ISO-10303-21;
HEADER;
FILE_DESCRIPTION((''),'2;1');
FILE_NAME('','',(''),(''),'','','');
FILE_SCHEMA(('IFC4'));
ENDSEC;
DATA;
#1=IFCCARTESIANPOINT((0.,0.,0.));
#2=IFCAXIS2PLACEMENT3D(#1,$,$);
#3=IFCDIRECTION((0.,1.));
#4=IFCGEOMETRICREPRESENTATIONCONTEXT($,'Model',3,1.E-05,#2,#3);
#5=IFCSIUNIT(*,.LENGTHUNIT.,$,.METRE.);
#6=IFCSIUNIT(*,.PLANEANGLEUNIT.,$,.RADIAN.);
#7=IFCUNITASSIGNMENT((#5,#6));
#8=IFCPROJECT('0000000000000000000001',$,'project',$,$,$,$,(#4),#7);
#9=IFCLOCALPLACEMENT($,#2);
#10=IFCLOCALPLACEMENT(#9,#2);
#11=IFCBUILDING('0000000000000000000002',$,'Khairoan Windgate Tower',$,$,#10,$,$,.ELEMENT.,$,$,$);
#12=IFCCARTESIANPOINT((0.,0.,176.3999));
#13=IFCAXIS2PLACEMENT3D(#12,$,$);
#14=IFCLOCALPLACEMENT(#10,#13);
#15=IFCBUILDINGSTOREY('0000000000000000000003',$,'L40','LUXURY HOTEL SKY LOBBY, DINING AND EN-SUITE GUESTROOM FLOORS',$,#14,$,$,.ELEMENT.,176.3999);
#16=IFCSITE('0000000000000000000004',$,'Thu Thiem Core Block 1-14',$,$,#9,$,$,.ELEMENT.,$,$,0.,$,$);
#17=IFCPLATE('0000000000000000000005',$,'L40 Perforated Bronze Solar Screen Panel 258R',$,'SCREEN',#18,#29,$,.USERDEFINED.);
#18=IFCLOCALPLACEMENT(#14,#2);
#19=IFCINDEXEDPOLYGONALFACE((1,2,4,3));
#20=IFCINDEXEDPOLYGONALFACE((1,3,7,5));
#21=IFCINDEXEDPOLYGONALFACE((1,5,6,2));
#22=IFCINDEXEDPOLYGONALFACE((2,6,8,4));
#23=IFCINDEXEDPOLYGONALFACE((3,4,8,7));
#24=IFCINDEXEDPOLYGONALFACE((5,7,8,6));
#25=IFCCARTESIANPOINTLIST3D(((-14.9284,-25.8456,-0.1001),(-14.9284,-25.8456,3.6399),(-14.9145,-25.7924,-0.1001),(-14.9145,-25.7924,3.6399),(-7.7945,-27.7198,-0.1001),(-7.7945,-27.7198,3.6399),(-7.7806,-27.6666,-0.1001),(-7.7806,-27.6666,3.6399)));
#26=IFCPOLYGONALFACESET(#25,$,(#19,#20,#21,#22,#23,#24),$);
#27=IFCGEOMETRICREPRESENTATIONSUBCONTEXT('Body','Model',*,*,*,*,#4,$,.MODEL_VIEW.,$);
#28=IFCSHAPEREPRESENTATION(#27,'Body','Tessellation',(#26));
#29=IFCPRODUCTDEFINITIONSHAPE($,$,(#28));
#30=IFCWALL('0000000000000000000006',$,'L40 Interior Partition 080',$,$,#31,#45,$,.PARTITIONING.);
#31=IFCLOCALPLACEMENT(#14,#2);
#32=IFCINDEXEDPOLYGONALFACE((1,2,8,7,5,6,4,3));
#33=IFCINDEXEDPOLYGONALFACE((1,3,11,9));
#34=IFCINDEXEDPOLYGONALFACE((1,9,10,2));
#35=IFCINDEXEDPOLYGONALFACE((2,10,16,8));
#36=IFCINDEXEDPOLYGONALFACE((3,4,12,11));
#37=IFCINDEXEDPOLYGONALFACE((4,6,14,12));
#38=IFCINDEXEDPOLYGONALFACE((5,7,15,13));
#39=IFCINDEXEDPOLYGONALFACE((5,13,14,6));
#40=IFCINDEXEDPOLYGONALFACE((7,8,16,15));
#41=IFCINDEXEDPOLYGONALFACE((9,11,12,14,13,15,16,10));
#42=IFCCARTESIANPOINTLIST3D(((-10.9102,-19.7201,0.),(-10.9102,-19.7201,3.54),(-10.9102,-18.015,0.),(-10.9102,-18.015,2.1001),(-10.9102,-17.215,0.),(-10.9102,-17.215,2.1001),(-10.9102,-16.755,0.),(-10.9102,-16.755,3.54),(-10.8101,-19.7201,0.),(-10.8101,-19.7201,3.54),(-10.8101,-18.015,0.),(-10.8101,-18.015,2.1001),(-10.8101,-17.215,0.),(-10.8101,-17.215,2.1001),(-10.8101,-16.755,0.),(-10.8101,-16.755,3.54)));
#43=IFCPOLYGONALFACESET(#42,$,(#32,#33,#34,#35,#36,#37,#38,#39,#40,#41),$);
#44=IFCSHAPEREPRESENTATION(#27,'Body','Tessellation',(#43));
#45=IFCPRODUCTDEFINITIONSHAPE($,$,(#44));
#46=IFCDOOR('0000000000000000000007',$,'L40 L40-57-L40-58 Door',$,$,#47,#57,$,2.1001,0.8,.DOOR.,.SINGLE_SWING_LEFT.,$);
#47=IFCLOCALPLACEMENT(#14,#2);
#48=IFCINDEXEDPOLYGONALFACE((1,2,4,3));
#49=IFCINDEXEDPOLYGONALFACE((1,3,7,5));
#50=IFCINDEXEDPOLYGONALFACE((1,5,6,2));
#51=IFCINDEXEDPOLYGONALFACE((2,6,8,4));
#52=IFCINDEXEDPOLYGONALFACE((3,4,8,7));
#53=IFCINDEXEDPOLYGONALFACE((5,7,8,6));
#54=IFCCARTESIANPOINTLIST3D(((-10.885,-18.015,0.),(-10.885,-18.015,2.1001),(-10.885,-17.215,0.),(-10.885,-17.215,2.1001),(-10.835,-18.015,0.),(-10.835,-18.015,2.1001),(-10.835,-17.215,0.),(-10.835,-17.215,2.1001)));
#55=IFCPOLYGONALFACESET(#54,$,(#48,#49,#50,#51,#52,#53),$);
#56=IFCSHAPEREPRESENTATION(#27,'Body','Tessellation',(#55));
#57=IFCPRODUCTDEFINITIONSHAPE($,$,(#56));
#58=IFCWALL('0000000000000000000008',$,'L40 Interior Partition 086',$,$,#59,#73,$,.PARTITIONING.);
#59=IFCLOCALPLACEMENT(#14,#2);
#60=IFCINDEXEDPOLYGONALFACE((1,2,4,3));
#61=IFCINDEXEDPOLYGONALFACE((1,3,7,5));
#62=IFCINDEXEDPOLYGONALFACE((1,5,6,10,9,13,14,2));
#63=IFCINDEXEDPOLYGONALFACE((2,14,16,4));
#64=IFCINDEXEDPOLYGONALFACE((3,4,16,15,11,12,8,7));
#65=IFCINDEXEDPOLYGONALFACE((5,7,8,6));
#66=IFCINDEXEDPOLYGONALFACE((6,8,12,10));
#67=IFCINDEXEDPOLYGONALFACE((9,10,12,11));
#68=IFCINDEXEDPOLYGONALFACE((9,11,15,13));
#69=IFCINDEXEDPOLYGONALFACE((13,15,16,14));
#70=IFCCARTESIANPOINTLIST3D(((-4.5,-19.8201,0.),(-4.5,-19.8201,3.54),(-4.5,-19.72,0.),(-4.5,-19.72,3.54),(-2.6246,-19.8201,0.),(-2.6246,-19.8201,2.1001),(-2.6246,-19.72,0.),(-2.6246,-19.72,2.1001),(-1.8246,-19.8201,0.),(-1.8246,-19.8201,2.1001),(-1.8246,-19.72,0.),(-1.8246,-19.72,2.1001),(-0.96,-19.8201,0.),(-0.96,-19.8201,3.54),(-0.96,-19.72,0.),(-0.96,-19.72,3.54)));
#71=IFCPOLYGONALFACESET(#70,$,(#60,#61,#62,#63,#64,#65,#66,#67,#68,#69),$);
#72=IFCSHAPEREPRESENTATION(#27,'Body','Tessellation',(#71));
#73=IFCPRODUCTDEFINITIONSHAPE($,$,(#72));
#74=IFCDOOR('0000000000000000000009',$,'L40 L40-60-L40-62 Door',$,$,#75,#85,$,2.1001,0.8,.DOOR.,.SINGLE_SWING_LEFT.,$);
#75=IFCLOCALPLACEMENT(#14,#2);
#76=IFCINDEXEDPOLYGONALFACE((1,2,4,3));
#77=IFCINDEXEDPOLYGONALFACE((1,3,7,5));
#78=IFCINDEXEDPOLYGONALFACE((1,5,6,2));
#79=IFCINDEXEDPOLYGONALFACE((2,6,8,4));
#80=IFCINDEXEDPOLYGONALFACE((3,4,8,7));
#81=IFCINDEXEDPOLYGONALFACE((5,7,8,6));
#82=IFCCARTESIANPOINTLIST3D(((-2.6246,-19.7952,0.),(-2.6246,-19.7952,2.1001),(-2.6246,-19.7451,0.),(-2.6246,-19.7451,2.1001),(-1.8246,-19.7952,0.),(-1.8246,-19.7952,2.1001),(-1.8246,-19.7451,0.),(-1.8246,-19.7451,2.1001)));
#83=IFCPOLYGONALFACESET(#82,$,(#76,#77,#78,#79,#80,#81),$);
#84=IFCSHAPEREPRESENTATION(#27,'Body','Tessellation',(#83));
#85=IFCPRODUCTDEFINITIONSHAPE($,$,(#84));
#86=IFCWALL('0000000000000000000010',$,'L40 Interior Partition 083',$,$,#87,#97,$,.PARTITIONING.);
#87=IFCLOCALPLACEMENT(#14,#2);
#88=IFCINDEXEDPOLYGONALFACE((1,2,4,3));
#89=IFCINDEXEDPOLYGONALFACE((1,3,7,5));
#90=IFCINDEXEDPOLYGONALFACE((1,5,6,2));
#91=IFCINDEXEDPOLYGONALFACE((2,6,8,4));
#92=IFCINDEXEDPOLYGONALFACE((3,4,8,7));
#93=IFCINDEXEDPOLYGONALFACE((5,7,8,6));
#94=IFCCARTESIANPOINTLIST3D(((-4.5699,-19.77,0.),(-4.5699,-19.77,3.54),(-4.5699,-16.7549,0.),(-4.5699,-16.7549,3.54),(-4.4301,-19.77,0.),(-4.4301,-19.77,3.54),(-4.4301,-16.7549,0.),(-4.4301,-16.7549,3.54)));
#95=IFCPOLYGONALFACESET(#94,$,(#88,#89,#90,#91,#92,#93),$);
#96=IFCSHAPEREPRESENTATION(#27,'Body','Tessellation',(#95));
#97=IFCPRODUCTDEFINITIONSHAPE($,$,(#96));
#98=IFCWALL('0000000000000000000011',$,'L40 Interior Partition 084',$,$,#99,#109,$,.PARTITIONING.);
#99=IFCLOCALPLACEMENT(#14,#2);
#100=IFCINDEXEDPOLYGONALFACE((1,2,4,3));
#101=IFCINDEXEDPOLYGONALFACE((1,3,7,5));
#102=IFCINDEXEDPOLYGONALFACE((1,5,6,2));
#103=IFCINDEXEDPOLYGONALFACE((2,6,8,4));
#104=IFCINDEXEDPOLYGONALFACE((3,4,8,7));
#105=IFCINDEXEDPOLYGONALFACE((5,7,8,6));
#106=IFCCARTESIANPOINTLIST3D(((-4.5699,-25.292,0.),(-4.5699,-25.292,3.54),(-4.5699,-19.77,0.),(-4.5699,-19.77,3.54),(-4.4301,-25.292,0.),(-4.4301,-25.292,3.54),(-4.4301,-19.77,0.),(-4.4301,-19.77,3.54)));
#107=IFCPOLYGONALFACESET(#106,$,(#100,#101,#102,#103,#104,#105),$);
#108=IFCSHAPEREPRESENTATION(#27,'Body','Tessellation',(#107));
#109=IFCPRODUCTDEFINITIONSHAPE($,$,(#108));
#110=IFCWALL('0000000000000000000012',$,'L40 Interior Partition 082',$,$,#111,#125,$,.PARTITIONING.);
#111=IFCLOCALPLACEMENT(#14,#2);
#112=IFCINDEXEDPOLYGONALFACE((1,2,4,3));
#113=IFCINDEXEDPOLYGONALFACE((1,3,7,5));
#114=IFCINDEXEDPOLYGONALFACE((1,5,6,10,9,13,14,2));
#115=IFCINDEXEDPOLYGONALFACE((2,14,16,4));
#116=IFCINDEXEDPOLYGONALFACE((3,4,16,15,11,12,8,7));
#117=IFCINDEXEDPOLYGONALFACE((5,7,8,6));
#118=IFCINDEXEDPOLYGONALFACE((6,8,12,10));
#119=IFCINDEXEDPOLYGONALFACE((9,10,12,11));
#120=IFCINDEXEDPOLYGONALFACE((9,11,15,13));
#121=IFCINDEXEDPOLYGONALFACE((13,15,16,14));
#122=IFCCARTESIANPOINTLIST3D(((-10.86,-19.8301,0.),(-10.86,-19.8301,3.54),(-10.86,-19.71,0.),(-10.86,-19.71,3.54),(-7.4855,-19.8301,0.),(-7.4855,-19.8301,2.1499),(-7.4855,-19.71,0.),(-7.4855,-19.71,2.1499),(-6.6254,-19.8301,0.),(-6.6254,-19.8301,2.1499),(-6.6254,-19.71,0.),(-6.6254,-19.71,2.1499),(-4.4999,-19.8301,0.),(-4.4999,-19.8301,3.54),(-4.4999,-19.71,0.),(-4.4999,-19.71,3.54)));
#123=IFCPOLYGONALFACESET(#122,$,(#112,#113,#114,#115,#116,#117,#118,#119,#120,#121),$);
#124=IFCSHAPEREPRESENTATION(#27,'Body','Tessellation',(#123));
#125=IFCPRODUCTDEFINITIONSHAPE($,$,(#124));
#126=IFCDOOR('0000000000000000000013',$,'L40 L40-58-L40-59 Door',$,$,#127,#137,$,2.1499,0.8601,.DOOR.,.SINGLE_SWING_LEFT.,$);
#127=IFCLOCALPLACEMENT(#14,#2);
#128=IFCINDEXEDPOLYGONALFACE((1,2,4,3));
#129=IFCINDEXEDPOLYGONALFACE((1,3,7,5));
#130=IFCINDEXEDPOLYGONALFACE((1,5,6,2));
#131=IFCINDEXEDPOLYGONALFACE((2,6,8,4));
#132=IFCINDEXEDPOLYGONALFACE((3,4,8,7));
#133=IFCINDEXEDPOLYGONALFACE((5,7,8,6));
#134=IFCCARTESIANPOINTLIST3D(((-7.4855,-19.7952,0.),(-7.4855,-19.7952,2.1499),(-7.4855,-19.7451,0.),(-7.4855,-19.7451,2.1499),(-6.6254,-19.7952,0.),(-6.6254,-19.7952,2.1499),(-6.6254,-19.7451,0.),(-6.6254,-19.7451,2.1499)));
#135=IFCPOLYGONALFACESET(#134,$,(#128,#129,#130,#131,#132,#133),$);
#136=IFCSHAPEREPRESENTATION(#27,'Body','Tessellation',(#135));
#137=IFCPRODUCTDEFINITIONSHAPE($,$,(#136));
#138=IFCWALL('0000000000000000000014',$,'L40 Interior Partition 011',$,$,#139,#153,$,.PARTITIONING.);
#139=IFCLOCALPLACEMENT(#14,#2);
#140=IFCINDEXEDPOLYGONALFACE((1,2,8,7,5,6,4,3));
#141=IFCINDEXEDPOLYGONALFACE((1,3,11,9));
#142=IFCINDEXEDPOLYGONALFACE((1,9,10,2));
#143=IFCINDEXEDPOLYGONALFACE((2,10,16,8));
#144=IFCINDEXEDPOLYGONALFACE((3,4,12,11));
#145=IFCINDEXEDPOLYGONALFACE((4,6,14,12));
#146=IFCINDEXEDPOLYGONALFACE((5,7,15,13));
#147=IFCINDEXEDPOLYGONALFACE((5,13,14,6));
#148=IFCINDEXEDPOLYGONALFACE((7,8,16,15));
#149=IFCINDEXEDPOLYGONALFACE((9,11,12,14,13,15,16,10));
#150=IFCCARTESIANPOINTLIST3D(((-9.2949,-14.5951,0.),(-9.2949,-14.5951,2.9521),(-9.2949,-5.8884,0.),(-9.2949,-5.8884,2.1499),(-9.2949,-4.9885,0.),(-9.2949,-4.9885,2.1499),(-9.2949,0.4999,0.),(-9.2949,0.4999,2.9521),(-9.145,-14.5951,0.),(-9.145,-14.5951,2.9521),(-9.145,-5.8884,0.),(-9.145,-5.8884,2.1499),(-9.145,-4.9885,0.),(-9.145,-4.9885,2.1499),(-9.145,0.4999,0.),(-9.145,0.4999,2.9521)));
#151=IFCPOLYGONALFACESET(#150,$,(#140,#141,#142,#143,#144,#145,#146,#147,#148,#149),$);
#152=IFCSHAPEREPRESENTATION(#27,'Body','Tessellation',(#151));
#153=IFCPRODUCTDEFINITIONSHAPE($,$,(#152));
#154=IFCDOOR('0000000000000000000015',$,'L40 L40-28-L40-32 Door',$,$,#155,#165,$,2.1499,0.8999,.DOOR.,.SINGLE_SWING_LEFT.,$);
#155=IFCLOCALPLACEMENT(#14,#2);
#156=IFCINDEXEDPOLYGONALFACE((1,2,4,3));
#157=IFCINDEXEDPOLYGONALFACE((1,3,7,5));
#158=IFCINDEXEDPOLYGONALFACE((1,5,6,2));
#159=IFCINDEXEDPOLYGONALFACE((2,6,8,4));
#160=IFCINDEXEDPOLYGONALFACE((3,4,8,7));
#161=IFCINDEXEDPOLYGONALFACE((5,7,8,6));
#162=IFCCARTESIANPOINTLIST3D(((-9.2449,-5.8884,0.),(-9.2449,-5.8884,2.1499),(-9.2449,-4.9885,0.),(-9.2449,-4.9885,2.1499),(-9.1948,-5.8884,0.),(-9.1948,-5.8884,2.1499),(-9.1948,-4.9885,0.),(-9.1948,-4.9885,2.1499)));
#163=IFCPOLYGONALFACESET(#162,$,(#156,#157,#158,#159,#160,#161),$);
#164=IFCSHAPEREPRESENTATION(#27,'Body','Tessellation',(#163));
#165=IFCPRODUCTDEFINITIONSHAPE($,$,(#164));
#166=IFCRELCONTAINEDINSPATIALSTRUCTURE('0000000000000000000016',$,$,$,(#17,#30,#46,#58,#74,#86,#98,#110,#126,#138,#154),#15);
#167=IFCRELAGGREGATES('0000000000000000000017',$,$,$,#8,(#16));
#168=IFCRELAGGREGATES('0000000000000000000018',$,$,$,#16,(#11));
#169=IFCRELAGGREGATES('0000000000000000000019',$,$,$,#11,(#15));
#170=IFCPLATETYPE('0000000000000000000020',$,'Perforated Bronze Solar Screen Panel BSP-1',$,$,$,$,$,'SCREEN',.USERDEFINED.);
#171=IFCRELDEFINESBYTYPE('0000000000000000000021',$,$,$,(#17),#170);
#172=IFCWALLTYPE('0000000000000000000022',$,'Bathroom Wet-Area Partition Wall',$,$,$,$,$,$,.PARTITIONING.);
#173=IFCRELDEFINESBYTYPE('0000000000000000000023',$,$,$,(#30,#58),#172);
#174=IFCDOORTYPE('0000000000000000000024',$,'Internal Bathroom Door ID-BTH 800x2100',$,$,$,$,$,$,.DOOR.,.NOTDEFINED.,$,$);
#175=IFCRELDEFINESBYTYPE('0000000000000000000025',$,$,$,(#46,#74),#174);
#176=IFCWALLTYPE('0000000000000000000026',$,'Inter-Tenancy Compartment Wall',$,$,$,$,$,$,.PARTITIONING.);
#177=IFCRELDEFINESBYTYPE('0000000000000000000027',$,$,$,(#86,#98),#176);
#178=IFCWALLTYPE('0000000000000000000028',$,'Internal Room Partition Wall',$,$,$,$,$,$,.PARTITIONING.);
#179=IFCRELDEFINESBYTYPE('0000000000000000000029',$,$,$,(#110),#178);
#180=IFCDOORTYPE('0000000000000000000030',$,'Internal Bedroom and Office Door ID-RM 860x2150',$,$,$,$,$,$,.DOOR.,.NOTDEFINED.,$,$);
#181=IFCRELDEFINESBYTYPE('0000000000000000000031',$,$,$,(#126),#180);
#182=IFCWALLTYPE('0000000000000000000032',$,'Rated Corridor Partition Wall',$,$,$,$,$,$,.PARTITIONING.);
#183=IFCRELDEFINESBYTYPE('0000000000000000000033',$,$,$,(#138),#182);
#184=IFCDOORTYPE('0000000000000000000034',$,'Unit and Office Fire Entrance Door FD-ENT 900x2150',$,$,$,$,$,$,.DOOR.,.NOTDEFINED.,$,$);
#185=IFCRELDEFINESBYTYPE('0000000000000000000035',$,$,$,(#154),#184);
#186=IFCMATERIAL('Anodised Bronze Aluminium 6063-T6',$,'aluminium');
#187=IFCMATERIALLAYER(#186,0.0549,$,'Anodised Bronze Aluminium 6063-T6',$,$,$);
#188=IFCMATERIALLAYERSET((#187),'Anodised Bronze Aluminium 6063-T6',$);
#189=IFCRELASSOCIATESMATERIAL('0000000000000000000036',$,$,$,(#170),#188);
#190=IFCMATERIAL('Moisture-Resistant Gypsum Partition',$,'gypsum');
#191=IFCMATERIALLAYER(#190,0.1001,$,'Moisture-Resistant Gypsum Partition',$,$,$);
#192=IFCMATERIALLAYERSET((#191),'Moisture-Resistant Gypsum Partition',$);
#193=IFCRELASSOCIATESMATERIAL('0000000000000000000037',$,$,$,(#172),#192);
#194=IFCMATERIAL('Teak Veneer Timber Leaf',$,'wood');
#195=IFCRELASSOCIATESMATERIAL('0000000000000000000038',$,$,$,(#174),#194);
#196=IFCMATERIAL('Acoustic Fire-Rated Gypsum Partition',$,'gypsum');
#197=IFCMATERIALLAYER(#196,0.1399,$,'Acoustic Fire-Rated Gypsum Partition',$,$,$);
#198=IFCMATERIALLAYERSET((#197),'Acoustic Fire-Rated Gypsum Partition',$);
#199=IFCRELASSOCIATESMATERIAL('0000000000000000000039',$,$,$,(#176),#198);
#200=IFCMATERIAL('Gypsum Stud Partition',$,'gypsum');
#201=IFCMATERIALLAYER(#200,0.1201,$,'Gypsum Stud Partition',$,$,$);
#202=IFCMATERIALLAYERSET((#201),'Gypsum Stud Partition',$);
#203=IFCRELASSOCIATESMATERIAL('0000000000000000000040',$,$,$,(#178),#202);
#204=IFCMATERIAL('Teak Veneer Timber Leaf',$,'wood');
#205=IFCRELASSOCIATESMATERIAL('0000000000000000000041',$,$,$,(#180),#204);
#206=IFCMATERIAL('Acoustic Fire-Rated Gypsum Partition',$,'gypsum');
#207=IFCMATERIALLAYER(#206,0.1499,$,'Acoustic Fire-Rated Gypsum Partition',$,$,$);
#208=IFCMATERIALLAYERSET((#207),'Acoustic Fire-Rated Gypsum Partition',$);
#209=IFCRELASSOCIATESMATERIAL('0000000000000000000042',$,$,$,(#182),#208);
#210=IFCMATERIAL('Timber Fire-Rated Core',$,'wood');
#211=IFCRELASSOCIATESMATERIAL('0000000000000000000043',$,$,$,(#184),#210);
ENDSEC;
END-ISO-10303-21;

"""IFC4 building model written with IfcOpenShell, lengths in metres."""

from ifc_helpers import new_model, si_unit, direction, frame, frame_2d, origin, origin_2d, place, context, subcontext, project, spatial, rectangle, extrude, material, layer, layer_set, type_object, element, fill, save


model = new_model("IFC4")

# Units and contexts
model_context = context("Model", 3, precision=1e-05, world=origin(), true_north=direction((0.0, 1.0)))
body_context = subcontext(model_context, "Body", "Model", "MODEL_VIEW")
ifc_project = project(units=[si_unit("LENGTHUNIT", "METRE"), si_unit("PLANEANGLEUNIT", "RADIAN")], contexts=[model_context])

# Site, building, storey
site_placement = place(None, origin())
site = spatial("IfcSite", under=ifc_project, at=site_placement, Name="Thu Thiem Core Block 1-14", CompositionType="ELEMENT", RefElevation=0.0)
building_placement = place(site_placement, origin())
building = spatial("IfcBuilding", under=site, at=building_placement, Name="Khairoan Windgate Tower", CompositionType="ELEMENT")
storey_placement = place(building_placement, frame((0.0, 0.0, 176.3999)))
storey = spatial("IfcBuildingStorey", under=building, at=storey_placement, Name="L40", Description="LUXURY HOTEL SKY LOBBY, DINING AND EN-SUITE GUESTROOM FLOORS", CompositionType="ELEMENT", Elevation=176.3999)

# Plate
ifc_material_1 = material(Name="Anodised Bronze Aluminium 6063-T6", Category="aluminium")
ifc_layer_1 = layer(ifc_material_1, 0.0549, Name="Anodised Bronze Aluminium 6063-T6")
ifc_layer_set_1 = layer_set([ifc_layer_1], Name="Anodised Bronze Aluminium 6063-T6")
plate_type = type_object("IfcPlateType", Name="Perforated Bronze Solar Screen Panel BSP-1", ElementType="SCREEN", PredefinedType="USERDEFINED", material=ifc_layer_set_1)
plate_placement = place(storey_placement, frame((-11.3545, -26.7561, -0.1001), z_axis=(0.0, 0.0, 1.0), x_axis=(-0.967179, 0.254096, 0.0)))
element("IfcPlate", 1, at=plate_placement, inside=storey, type_object=plate_type, Name="L40 Perforated Bronze Solar Screen Panel 258R", ObjectType="SCREEN", PredefinedType="USERDEFINED", context=body_context, shape_type="SweptSolid", body=[
    extrude(rectangle(XDim=7.376, YDim=0.0549, at=origin_2d()), origin(), (0.0, 0.0, 1.0), 3.74),
])

# Walls, openings, doors
ifc_material_2 = material(Name="Moisture-Resistant Gypsum Partition", Category="gypsum")
ifc_layer_2 = layer(ifc_material_2, 0.1001, Name="Moisture-Resistant Gypsum Partition")
ifc_layer_set_2 = layer_set([ifc_layer_2], Name="Moisture-Resistant Gypsum Partition")
wall_type_1 = type_object("IfcWallType", Name="Bathroom Wet-Area Partition Wall", PredefinedType="PARTITIONING", material=ifc_layer_set_2)
wall_1_placement = place(storey_placement, frame((-10.8601, -19.72, 0.0), z_axis=(0.0, 0.0, 1.0), x_axis=(0.0, 1.0, 0.0)))
wall_1 = element("IfcWall", 2, at=wall_1_placement, inside=storey, type_object=wall_type_1, Name="L40 Interior Partition 080", PredefinedType="PARTITIONING", context=body_context, shape_type="SweptSolid", body=[
    extrude(rectangle(XDim=2.9651, YDim=0.1001, at=frame_2d((1.4824, 0.0))), origin(), (0.0, 0.0, 1.0), 3.54),
])
opening_1_placement = place(wall_1_placement, frame((1.7051, 0.0, 0.0)))
opening_1 = element("IfcOpeningElement", 3, at=opening_1_placement, cuts=wall_1, PredefinedType="OPENING", context=body_context, shape_type="SweptSolid", body=[
    extrude(rectangle(XDim=0.8, YDim=2.1001, at=frame_2d((0.3999, 1.05))), frame((0.0, 0.0601, 0.0), z_axis=(0.0, -1.0, 0.0), x_axis=(1.0, 0.0, 0.0)), (0.0, 0.0, 1.0), 0.1201),
])
ifc_material_3 = material(Name="Teak Veneer Timber Leaf", Category="wood")
door_type_1 = type_object("IfcDoorType", Name="Internal Bathroom Door ID-BTH 800x2100", OperationType="NOTDEFINED", PredefinedType="DOOR", material=ifc_material_3)
door_1_placement = place(opening_1_placement, origin())
door_1 = element("IfcDoor", 4, at=door_1_placement, inside=storey, type_object=door_type_1, Name="L40 L40-57-L40-58 Door", OperationType="SINGLE_SWING_LEFT", OverallHeight=2.1001, OverallWidth=0.8, PredefinedType="DOOR", context=body_context, shape_type="SweptSolid", body=[
    extrude(rectangle(XDim=0.8, YDim=2.1001, at=frame_2d((0.3999, 1.05))), frame((0.0, 0.0249, 0.0), z_axis=(0.0, -1.0, 0.0), x_axis=(1.0, 0.0, 0.0)), (0.0, 0.0, 1.0), 0.05),
])
fill(opening_1, door_1)
wall_2_placement = place(storey_placement, frame((-4.5, -19.77, 0.0), z_axis=(0.0, 0.0, 1.0), x_axis=(1.0, 0.0, 0.0)))
wall_2 = element("IfcWall", 5, at=wall_2_placement, inside=storey, type_object=wall_type_1, Name="L40 Interior Partition 086", PredefinedType="PARTITIONING", context=body_context, shape_type="SweptSolid", body=[
    extrude(rectangle(XDim=3.54, YDim=0.1001, at=frame_2d((1.77, 0.0))), origin(), (0.0, 0.0, 1.0), 3.54),
])
opening_2_placement = place(wall_2_placement, frame((1.8755, 0.0, 0.0)))
opening_2 = element("IfcOpeningElement", 6, at=opening_2_placement, cuts=wall_2, PredefinedType="OPENING", context=body_context, shape_type="SweptSolid", body=[
    extrude(rectangle(XDim=0.8, YDim=2.1001, at=frame_2d((0.3999, 1.05))), frame((0.0, 0.0601, 0.0), z_axis=(0.0, -1.0, 0.0), x_axis=(1.0, 0.0, 0.0)), (0.0, 0.0, 1.0), 0.1201),
])
door_2_placement = place(opening_2_placement, origin())
door_2 = element("IfcDoor", 7, at=door_2_placement, inside=storey, type_object=door_type_1, Name="L40 L40-60-L40-62 Door", OperationType="SINGLE_SWING_LEFT", OverallHeight=2.1001, OverallWidth=0.8, PredefinedType="DOOR", context=body_context, shape_type="SweptSolid", body=[
    extrude(rectangle(XDim=0.8, YDim=2.1001, at=frame_2d((0.3999, 1.05))), frame((0.0, 0.0249, 0.0), z_axis=(0.0, -1.0, 0.0), x_axis=(1.0, 0.0, 0.0)), (0.0, 0.0, 1.0), 0.05),
])
fill(opening_2, door_2)

# Walls
ifc_material_4 = material(Name="Acoustic Fire-Rated Gypsum Partition", Category="gypsum")
ifc_layer_3 = layer(ifc_material_4, 0.1399, Name="Acoustic Fire-Rated Gypsum Partition")
ifc_layer_set_3 = layer_set([ifc_layer_3], Name="Acoustic Fire-Rated Gypsum Partition")
wall_type_2 = type_object("IfcWallType", Name="Inter-Tenancy Compartment Wall", PredefinedType="PARTITIONING", material=ifc_layer_set_3)
wall_3_placement = place(storey_placement, frame((-4.5, -19.77, 0.0), z_axis=(0.0, 0.0, 1.0), x_axis=(0.0, 1.0, 0.0)))
element("IfcWall", 8, at=wall_3_placement, inside=storey, type_object=wall_type_2, Name="L40 Interior Partition 083", PredefinedType="PARTITIONING", context=body_context, shape_type="SweptSolid", body=[
    extrude(rectangle(XDim=3.0151, YDim=0.1399, at=frame_2d((1.5076, 0.0))), origin(), (0.0, 0.0, 1.0), 3.54),
])
wall_4_placement = place(storey_placement, frame((-4.5, -25.292, 0.0), z_axis=(0.0, 0.0, 1.0), x_axis=(0.0, 1.0, 0.0)))
element("IfcWall", 9, at=wall_4_placement, inside=storey, type_object=wall_type_2, Name="L40 Interior Partition 084", PredefinedType="PARTITIONING", context=body_context, shape_type="SweptSolid", body=[
    extrude(rectangle(XDim=5.522, YDim=0.1399, at=frame_2d((2.761, 0.0))), origin(), (0.0, 0.0, 1.0), 3.54),
])

# Walls, openings, doors
ifc_material_5 = material(Name="Gypsum Stud Partition", Category="gypsum")
ifc_layer_4 = layer(ifc_material_5, 0.1201, Name="Gypsum Stud Partition")
ifc_layer_set_4 = layer_set([ifc_layer_4], Name="Gypsum Stud Partition")
wall_type_3 = type_object("IfcWallType", Name="Internal Room Partition Wall", PredefinedType="PARTITIONING", material=ifc_layer_set_4)
wall_5_placement = place(storey_placement, frame((-10.8601, -19.77, 0.0), z_axis=(0.0, 0.0, 1.0), x_axis=(1.0, 0.0, 0.0)))
wall_5 = element("IfcWall", 10, at=wall_5_placement, inside=storey, type_object=wall_type_3, Name="L40 Interior Partition 082", PredefinedType="PARTITIONING", context=body_context, shape_type="SweptSolid", body=[
    extrude(rectangle(XDim=6.3601, YDim=0.1201, at=frame_2d((3.1802, 0.0))), origin(), (0.0, 0.0, 1.0), 3.54),
])
opening_3_placement = place(wall_5_placement, frame((3.3745, 0.0, 0.0)))
opening_3 = element("IfcOpeningElement", 11, at=opening_3_placement, cuts=wall_5, PredefinedType="OPENING", context=body_context, shape_type="SweptSolid", body=[
    extrude(rectangle(XDim=0.8601, YDim=2.1499, at=frame_2d((0.4302, 1.075))), frame((0.0, 0.0701, 0.0), z_axis=(0.0, -1.0, 0.0), x_axis=(1.0, 0.0, 0.0)), (0.0, 0.0, 1.0), 0.1401),
])
ifc_material_6 = material(Name="Teak Veneer Timber Leaf", Category="wood")
door_type_2 = type_object("IfcDoorType", Name="Internal Bedroom and Office Door ID-RM 860x2150", OperationType="NOTDEFINED", PredefinedType="DOOR", material=ifc_material_6)
door_3_placement = place(opening_3_placement, origin())
door_3 = element("IfcDoor", 12, at=door_3_placement, inside=storey, type_object=door_type_2, Name="L40 L40-58-L40-59 Door", OperationType="SINGLE_SWING_LEFT", OverallHeight=2.1499, OverallWidth=0.8601, PredefinedType="DOOR", context=body_context, shape_type="SweptSolid", body=[
    extrude(rectangle(XDim=0.8601, YDim=2.1499, at=frame_2d((0.4302, 1.075))), frame((0.0, 0.0249, 0.0), z_axis=(0.0, -1.0, 0.0), x_axis=(1.0, 0.0, 0.0)), (0.0, 0.0, 1.0), 0.05),
])
fill(opening_3, door_3)
ifc_material_7 = material(Name="Acoustic Fire-Rated Gypsum Partition", Category="gypsum")
ifc_layer_5 = layer(ifc_material_7, 0.1499, Name="Acoustic Fire-Rated Gypsum Partition")
ifc_layer_set_5 = layer_set([ifc_layer_5], Name="Acoustic Fire-Rated Gypsum Partition")
wall_type_4 = type_object("IfcWallType", Name="Rated Corridor Partition Wall", PredefinedType="PARTITIONING", material=ifc_layer_set_5)
wall_6_placement = place(storey_placement, frame((-9.22, -14.595, 0.0), z_axis=(0.0, 0.0, 1.0), x_axis=(0.0, 1.0, 0.0)))
wall_6 = element("IfcWall", 13, at=wall_6_placement, inside=storey, type_object=wall_type_4, Name="L40 Interior Partition 011", PredefinedType="PARTITIONING", context=body_context, shape_type="SweptSolid", body=[
    extrude(rectangle(XDim=15.095, YDim=0.1499, at=frame_2d((7.5474, 0.0))), origin(), (0.0, 0.0, 1.0), 2.9521),
])
opening_4_placement = place(wall_6_placement, frame((8.7065, 0.0, 0.0)))
opening_4 = element("IfcOpeningElement", 14, at=opening_4_placement, cuts=wall_6, PredefinedType="OPENING", context=body_context, shape_type="SweptSolid", body=[
    extrude(rectangle(XDim=0.8999, YDim=2.1499, at=frame_2d((0.45, 1.075))), frame((0.0, 0.085, 0.0), z_axis=(0.0, -1.0, 0.0), x_axis=(1.0, 0.0, 0.0)), (0.0, 0.0, 1.0), 0.1699),
])
ifc_material_8 = material(Name="Timber Fire-Rated Core", Category="wood")
door_type_3 = type_object("IfcDoorType", Name="Unit and Office Fire Entrance Door FD-ENT 900x2150", OperationType="NOTDEFINED", PredefinedType="DOOR", material=ifc_material_8)
door_4_placement = place(opening_4_placement, origin())
door_4 = element("IfcDoor", 15, at=door_4_placement, inside=storey, type_object=door_type_3, Name="L40 L40-28-L40-32 Door", OperationType="SINGLE_SWING_LEFT", OverallHeight=2.1499, OverallWidth=0.8999, PredefinedType="DOOR", context=body_context, shape_type="SweptSolid", body=[
    extrude(rectangle(XDim=0.8999, YDim=2.1499, at=frame_2d((0.45, 1.075))), frame((0.0, 0.0249, 0.0), z_axis=(0.0, -1.0, 0.0), x_axis=(1.0, 0.0, 0.0)), (0.0, 0.0, 1.0), 0.05),
])
fill(opening_4, door_4)

save(model, "model.ifc")
